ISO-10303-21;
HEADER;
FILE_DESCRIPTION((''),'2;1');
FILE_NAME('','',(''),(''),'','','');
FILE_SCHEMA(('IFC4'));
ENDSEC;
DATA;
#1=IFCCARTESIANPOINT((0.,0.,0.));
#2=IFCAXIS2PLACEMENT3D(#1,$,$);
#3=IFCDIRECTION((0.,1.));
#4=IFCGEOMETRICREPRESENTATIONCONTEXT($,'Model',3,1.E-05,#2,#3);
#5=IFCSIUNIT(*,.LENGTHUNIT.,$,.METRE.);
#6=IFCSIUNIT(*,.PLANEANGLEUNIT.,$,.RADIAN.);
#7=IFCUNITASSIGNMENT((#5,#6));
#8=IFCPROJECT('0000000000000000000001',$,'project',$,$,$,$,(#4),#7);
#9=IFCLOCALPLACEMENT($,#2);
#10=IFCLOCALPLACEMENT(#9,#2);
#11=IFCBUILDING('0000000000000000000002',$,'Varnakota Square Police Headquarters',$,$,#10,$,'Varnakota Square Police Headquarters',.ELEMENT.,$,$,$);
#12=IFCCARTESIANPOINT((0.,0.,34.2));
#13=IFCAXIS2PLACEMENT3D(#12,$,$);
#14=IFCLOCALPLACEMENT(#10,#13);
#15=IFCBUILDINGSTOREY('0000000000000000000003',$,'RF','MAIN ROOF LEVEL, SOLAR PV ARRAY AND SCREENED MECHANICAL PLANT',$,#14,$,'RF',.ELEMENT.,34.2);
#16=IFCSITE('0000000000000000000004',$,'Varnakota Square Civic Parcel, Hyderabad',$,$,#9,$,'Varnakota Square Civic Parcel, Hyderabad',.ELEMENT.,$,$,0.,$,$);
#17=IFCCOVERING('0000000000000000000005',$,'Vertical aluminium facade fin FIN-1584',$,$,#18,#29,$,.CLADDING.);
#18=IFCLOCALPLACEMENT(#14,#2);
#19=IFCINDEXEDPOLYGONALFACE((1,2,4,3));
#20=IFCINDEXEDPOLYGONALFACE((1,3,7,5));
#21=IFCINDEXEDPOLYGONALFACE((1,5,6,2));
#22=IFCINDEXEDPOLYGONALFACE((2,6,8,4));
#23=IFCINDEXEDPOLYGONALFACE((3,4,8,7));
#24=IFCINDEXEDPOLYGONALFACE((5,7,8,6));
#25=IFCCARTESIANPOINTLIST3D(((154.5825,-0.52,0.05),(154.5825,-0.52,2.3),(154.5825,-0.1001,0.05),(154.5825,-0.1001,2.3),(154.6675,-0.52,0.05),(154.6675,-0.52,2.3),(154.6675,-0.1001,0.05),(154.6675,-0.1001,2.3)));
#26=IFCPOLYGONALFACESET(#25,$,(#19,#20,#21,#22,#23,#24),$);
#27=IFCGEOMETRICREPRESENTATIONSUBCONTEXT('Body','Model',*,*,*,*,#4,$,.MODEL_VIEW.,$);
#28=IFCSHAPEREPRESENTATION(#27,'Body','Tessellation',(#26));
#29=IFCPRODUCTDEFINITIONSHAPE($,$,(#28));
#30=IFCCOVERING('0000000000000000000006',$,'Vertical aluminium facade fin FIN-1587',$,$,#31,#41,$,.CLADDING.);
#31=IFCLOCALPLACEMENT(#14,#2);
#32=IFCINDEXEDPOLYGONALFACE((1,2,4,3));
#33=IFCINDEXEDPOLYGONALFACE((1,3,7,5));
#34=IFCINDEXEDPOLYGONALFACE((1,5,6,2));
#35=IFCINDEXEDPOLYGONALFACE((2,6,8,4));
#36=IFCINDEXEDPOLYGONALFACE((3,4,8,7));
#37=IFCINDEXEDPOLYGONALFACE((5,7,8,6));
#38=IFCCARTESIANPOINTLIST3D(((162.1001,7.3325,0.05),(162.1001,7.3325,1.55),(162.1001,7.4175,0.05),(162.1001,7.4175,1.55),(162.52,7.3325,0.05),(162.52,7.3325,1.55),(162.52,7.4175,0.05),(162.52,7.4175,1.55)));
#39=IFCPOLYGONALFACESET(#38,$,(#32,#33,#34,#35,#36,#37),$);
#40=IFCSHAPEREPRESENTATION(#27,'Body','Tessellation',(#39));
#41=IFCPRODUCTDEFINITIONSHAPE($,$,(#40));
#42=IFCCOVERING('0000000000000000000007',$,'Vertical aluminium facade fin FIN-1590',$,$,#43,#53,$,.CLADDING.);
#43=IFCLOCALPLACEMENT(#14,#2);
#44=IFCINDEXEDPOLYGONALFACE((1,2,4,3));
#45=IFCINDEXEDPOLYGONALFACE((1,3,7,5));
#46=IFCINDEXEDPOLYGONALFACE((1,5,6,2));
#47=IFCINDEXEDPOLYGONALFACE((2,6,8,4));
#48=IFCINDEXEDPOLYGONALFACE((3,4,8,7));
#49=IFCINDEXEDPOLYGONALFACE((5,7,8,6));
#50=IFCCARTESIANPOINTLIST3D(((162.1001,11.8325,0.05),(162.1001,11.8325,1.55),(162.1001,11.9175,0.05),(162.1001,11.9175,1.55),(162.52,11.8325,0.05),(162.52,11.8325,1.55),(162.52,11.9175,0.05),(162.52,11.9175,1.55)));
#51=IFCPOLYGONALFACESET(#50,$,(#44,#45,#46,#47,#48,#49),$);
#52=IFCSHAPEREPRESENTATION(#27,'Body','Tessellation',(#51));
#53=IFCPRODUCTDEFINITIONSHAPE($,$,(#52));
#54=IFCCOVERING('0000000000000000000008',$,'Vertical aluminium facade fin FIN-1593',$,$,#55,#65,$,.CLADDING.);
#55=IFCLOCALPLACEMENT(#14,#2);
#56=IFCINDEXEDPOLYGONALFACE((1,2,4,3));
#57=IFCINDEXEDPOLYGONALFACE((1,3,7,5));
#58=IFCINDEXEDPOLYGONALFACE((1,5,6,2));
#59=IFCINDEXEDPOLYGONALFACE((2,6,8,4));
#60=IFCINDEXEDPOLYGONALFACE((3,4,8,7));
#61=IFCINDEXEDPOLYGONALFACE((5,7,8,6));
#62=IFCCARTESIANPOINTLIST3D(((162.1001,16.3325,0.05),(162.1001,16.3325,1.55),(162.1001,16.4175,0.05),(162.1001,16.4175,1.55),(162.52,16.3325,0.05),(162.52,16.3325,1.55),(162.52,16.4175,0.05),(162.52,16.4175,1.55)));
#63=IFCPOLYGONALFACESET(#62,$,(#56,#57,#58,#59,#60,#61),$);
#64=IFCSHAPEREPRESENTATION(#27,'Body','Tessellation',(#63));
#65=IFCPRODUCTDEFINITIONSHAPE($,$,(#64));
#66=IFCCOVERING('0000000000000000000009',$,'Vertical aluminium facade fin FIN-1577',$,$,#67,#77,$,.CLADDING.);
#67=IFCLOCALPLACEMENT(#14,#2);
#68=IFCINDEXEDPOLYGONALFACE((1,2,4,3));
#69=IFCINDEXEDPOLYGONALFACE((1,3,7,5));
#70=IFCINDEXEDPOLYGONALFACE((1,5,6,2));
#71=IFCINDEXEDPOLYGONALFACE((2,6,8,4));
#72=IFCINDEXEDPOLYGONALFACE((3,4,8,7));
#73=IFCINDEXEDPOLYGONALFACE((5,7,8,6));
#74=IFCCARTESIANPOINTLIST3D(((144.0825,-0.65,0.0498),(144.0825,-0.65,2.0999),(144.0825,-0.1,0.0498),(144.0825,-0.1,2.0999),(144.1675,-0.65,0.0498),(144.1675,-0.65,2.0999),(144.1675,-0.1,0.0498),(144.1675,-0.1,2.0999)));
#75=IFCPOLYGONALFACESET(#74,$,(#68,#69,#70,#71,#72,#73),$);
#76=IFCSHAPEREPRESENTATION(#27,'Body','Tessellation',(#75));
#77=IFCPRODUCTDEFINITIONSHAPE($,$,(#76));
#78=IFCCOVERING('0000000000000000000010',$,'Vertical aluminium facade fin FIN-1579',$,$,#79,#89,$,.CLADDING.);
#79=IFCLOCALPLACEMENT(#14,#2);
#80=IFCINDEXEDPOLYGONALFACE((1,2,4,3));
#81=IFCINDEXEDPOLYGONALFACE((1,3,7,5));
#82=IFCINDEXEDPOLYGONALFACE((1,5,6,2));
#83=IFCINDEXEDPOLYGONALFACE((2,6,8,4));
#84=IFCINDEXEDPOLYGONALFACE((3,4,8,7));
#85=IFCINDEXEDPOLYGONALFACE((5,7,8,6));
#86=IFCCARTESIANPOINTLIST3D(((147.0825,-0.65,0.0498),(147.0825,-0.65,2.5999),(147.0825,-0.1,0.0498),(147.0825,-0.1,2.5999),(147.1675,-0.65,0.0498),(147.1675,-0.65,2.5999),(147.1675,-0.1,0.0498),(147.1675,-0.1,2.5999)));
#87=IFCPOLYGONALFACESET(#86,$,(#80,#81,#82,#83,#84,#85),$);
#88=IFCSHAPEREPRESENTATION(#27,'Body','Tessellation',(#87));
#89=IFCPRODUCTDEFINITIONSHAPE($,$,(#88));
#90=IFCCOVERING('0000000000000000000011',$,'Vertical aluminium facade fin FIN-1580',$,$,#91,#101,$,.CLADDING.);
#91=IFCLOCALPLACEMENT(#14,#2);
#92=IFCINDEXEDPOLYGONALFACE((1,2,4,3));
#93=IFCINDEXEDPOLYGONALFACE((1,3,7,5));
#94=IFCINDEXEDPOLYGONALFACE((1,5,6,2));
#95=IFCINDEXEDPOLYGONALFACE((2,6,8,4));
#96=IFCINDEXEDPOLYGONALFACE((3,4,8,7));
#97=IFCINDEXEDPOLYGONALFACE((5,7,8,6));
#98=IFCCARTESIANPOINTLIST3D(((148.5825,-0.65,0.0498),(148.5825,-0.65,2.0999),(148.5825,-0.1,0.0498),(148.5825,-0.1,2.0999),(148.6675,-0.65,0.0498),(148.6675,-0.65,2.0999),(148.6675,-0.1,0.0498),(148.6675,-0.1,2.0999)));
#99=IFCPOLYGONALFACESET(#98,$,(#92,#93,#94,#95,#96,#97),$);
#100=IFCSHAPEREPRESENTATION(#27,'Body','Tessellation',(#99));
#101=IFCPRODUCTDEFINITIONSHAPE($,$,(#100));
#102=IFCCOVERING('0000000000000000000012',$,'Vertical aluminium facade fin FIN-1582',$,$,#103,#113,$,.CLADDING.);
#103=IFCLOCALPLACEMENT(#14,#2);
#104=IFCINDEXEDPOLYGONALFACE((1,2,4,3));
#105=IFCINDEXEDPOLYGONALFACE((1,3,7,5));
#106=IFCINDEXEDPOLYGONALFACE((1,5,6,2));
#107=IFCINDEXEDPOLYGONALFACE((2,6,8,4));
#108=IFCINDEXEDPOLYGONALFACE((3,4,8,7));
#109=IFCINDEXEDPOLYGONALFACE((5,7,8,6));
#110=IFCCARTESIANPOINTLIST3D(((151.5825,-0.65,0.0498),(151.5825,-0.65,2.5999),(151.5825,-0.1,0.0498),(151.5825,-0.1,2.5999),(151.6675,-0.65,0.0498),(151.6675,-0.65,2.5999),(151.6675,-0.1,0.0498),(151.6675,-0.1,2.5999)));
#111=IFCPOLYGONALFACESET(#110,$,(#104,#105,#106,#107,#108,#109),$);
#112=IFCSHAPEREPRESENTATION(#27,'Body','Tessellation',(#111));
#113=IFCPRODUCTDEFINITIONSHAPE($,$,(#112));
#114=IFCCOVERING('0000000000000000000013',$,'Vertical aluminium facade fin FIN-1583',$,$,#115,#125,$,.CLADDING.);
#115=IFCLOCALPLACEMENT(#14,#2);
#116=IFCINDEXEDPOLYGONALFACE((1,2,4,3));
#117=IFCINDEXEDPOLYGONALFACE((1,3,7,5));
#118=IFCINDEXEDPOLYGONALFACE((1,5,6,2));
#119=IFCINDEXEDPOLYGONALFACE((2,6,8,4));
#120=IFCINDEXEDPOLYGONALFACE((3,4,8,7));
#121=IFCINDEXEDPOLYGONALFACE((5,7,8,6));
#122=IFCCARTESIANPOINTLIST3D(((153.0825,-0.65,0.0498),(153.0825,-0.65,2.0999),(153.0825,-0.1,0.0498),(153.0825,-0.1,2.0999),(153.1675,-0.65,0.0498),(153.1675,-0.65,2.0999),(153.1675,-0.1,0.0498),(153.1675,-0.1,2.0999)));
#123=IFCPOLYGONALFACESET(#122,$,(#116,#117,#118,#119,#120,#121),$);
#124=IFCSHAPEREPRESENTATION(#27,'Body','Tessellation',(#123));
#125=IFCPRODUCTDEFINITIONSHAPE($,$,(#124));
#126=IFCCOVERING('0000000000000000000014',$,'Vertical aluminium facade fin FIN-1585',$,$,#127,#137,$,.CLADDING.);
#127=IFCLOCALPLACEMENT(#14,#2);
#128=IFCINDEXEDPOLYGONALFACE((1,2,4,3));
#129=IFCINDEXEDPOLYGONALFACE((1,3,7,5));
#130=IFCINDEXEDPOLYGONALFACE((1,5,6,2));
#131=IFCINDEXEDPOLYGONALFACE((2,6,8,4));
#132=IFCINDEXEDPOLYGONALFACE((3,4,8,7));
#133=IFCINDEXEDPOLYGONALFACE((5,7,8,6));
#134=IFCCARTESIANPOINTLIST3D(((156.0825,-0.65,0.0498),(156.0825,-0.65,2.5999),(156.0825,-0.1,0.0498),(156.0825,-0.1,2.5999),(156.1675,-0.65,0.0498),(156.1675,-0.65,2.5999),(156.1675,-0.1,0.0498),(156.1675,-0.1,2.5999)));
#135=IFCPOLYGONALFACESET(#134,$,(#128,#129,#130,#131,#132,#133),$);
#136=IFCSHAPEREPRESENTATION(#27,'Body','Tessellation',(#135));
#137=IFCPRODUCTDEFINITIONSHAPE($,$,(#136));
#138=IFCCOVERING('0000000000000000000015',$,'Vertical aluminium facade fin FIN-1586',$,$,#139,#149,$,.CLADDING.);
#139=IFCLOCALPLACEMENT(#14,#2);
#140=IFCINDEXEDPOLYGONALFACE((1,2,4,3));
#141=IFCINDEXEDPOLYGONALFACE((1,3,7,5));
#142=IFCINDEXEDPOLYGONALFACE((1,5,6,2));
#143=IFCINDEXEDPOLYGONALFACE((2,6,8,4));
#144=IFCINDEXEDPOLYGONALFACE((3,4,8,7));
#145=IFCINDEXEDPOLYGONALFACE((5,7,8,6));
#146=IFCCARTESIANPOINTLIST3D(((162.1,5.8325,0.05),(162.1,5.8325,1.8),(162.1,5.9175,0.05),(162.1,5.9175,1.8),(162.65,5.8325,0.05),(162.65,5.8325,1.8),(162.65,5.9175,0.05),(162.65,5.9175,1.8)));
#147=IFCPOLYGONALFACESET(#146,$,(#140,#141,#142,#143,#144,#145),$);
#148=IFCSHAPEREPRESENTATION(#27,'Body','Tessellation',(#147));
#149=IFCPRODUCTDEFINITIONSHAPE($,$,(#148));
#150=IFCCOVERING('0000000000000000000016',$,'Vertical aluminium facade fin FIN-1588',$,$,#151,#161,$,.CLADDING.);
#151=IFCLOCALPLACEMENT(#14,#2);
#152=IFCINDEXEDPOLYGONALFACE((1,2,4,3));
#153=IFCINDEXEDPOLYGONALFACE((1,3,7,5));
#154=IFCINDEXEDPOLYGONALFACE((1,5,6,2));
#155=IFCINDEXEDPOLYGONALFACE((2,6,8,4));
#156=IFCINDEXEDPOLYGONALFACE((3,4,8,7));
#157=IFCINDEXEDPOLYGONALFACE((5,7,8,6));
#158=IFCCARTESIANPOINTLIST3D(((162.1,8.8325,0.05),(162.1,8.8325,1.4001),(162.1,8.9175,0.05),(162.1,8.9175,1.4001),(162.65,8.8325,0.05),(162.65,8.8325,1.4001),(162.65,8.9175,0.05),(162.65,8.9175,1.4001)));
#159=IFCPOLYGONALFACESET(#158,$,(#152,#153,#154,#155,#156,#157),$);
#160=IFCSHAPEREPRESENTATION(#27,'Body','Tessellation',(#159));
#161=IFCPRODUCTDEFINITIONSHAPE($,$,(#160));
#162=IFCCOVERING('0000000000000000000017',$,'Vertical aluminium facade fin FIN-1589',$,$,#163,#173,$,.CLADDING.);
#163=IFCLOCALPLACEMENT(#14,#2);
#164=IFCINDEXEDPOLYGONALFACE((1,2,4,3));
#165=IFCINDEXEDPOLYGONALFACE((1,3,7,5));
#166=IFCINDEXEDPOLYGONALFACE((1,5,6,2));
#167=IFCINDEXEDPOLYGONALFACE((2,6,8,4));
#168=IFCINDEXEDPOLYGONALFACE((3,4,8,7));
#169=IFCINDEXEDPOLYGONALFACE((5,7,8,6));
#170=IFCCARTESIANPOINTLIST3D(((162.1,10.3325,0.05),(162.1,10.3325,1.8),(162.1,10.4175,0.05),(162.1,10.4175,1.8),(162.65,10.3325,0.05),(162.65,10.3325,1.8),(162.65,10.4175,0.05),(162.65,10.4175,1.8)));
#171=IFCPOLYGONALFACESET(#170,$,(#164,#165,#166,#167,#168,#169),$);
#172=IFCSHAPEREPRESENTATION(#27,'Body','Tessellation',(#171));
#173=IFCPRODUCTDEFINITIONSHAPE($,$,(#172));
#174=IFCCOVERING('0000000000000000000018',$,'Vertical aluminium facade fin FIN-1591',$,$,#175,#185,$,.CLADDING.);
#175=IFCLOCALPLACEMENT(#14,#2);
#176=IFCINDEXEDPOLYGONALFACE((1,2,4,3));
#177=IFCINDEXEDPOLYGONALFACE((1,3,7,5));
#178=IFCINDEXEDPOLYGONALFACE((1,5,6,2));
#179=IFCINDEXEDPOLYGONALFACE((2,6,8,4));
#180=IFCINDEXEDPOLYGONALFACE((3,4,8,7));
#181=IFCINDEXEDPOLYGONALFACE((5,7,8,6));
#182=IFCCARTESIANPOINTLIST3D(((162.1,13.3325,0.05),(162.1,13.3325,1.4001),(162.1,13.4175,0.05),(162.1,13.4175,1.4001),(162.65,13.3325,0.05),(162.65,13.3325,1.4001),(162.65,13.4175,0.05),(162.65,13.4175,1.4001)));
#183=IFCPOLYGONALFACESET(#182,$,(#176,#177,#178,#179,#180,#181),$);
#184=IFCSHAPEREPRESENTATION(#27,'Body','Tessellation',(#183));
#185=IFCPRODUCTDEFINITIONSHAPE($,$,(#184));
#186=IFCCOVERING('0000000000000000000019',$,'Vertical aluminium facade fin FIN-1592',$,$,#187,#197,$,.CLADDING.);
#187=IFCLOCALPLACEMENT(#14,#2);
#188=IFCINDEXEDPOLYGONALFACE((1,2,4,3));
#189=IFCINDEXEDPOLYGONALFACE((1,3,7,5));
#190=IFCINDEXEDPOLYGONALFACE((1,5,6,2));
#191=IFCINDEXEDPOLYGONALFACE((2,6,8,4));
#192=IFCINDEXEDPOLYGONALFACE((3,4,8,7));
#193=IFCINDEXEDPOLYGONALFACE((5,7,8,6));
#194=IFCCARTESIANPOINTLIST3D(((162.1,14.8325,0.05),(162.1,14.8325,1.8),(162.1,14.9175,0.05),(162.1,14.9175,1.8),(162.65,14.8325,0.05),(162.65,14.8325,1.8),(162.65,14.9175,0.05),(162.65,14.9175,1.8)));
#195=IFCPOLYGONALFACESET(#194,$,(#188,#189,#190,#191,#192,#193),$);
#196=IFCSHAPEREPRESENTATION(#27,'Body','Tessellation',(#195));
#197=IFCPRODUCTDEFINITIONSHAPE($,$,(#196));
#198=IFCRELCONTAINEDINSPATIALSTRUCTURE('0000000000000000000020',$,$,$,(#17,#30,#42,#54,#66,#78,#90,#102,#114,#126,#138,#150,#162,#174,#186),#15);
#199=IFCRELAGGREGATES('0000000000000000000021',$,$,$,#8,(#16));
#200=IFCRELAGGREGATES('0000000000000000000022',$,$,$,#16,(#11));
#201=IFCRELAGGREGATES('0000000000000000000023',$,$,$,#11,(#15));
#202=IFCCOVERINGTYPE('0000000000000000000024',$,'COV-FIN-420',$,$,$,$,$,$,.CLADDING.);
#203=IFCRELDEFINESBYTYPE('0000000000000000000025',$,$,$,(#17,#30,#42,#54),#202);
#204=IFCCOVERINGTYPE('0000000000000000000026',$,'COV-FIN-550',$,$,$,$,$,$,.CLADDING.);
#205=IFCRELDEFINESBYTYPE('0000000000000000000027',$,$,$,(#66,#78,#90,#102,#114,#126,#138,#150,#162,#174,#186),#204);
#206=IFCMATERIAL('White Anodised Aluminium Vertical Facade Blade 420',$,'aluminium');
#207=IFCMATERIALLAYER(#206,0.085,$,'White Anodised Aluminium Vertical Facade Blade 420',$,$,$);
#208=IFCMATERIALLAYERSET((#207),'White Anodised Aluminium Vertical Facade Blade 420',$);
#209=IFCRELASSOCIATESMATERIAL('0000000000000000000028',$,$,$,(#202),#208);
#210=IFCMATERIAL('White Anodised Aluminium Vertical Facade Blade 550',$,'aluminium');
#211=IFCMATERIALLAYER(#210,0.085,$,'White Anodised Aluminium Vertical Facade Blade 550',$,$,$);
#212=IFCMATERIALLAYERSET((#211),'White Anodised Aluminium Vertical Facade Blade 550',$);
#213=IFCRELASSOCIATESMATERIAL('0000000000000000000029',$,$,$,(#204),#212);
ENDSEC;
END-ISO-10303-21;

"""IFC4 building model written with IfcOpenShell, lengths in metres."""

from ifc_helpers import new_model, si_unit, direction, frame, origin, origin_2d, place, context, subcontext, project, spatial, rectangle, extrude, material, layer, layer_set, type_object, element, save


model = new_model("IFC4")

# Units and contexts
model_context = context("Model", 3, precision=1e-05, world=origin(), true_north=direction((0.0, 1.0)))
body_context = subcontext(model_context, "Body", "Model", "MODEL_VIEW")
ifc_project = project(units=[si_unit("LENGTHUNIT", "METRE"), si_unit("PLANEANGLEUNIT", "RADIAN")], contexts=[model_context])

# Site, building, storey
site_placement = place(None, origin())
site = spatial("IfcSite", under=ifc_project, at=site_placement, Name="Varnakota Square Civic Parcel, Hyderabad", LongName="Varnakota Square Civic Parcel, Hyderabad", CompositionType="ELEMENT", RefElevation=0.0)
building_placement = place(site_placement, origin())
building = spatial("IfcBuilding", under=site, at=building_placement, Name="Varnakota Square Police Headquarters", LongName="Varnakota Square Police Headquarters", CompositionType="ELEMENT")
storey_placement = place(building_placement, frame((0.0, 0.0, 34.2)))
storey = spatial("IfcBuildingStorey", under=building, at=storey_placement, Name="RF", Description="MAIN ROOF LEVEL, SOLAR PV ARRAY AND SCREENED MECHANICAL PLANT", LongName="RF", CompositionType="ELEMENT", Elevation=34.2)

# Coverings
ifc_material_1 = material(Name="White Anodised Aluminium Vertical Facade Blade 420", Category="aluminium")
ifc_layer_1 = layer(ifc_material_1, 0.085, Name="White Anodised Aluminium Vertical Facade Blade 420")
ifc_layer_set_1 = layer_set([ifc_layer_1], Name="White Anodised Aluminium Vertical Facade Blade 420")
covering_type_1 = type_object("IfcCoveringType", Name="COV-FIN-420", PredefinedType="CLADDING", material=ifc_layer_set_1)
for number, where, z_axis, x_axis, name in (
    (1, (154.625, -0.3101, 0.05), (0.0, 0.0, 1.0), (1.0, 0.0, 0.0), "Vertical aluminium facade fin FIN-1584"),
):
    element("IfcCovering", number, at=place(storey_placement, frame(where, z_axis=z_axis, x_axis=x_axis)), inside=storey, type_object=covering_type_1, Name=name, PredefinedType="CLADDING", context=body_context, shape_type="SweptSolid", body=[
        extrude(rectangle(XDim=0.085, YDim=0.4199, at=origin_2d()), origin(), (0.0, 0.0, 1.0), 2.25),
    ])
for number, where, z_axis, x_axis, name in (
    (2, (162.3101, 7.375, 0.05), (0.0, 0.0, 1.0), (0.0, 1.0, 0.0), "Vertical aluminium facade fin FIN-1587"),
    (3, (162.3101, 11.875, 0.05), (0.0, 0.0, 1.0), (0.0, 1.0, 0.0), "Vertical aluminium facade fin FIN-1590"),
    (4, (162.3101, 16.375, 0.05), (0.0, 0.0, 1.0), (0.0, 1.0, 0.0), "Vertical aluminium facade fin FIN-1593"),
):
    element("IfcCovering", number, at=place(storey_placement, frame(where, z_axis=z_axis, x_axis=x_axis)), inside=storey, type_object=covering_type_1, Name=name, PredefinedType="CLADDING", context=body_context, shape_type="SweptSolid", body=[
        extrude(rectangle(XDim=0.085, YDim=0.4199, at=origin_2d()), origin(), (0.0, 0.0, 1.0), 1.5),
    ])
ifc_material_2 = material(Name="White Anodised Aluminium Vertical Facade Blade 550", Category="aluminium")
ifc_layer_2 = layer(ifc_material_2, 0.085, Name="White Anodised Aluminium Vertical Facade Blade 550")
ifc_layer_set_2 = layer_set([ifc_layer_2], Name="White Anodised Aluminium Vertical Facade Blade 550")
covering_type_2 = type_object("IfcCoveringType", Name="COV-FIN-550", PredefinedType="CLADDING", material=ifc_layer_set_2)
covering_1_placement = place(storey_placement, frame((144.125, -0.375, 0.0498), z_axis=(0.0, 0.0, 1.0), x_axis=(1.0, 0.0, 0.0)))
element("IfcCovering", 5, at=covering_1_placement, inside=storey, type_object=covering_type_2, Name="Vertical aluminium facade fin FIN-1577", PredefinedType="CLADDING", context=body_context, shape_type="SweptSolid", body=[
    extrude(rectangle(XDim=0.085, YDim=0.55, at=origin_2d()), origin(), (0.0, 0.0, 1.0), 2.05),
])
covering_2_placement = place(storey_placement, frame((147.125, -0.375, 0.0498), z_axis=(0.0, 0.0, 1.0), x_axis=(1.0, 0.0, 0.0)))
element("IfcCovering", 6, at=covering_2_placement, inside=storey, type_object=covering_type_2, Name="Vertical aluminium facade fin FIN-1579", PredefinedType="CLADDING", context=body_context, shape_type="SweptSolid", body=[
    extrude(rectangle(XDim=0.085, YDim=0.55, at=origin_2d()), origin(), (0.0, 0.0, 1.0), 2.55),
])
covering_3_placement = place(storey_placement, frame((148.625, -0.375, 0.0498), z_axis=(0.0, 0.0, 1.0), x_axis=(1.0, 0.0, 0.0)))
element("IfcCovering", 7, at=covering_3_placement, inside=storey, type_object=covering_type_2, Name="Vertical aluminium facade fin FIN-1580", PredefinedType="CLADDING", context=body_context, shape_type="SweptSolid", body=[
    extrude(rectangle(XDim=0.085, YDim=0.55, at=origin_2d()), origin(), (0.0, 0.0, 1.0), 2.05),
])
covering_4_placement = place(storey_placement, frame((151.625, -0.375, 0.0498), z_axis=(0.0, 0.0, 1.0), x_axis=(1.0, 0.0, 0.0)))
element("IfcCovering", 8, at=covering_4_placement, inside=storey, type_object=covering_type_2, Name="Vertical aluminium facade fin FIN-1582", PredefinedType="CLADDING", context=body_context, shape_type="SweptSolid", body=[
    extrude(rectangle(XDim=0.085, YDim=0.55, at=origin_2d()), origin(), (0.0, 0.0, 1.0), 2.55),
])
covering_5_placement = place(storey_placement, frame((153.125, -0.375, 0.0498), z_axis=(0.0, 0.0, 1.0), x_axis=(1.0, 0.0, 0.0)))
element("IfcCovering", 9, at=covering_5_placement, inside=storey, type_object=covering_type_2, Name="Vertical aluminium facade fin FIN-1583", PredefinedType="CLADDING", context=body_context, shape_type="SweptSolid", body=[
    extrude(rectangle(XDim=0.085, YDim=0.55, at=origin_2d()), origin(), (0.0, 0.0, 1.0), 2.05),
])
covering_6_placement = place(storey_placement, frame((156.125, -0.375, 0.0498), z_axis=(0.0, 0.0, 1.0), x_axis=(1.0, 0.0, 0.0)))
element("IfcCovering", 10, at=covering_6_placement, inside=storey, type_object=covering_type_2, Name="Vertical aluminium facade fin FIN-1585", PredefinedType="CLADDING", context=body_context, shape_type="SweptSolid", body=[
    extrude(rectangle(XDim=0.085, YDim=0.55, at=origin_2d()), origin(), (0.0, 0.0, 1.0), 2.55),
])
covering_7_placement = place(storey_placement, frame((162.375, 5.875, 0.05), z_axis=(0.0, 0.0, 1.0), x_axis=(0.0, 1.0, 0.0)))
element("IfcCovering", 11, at=covering_7_placement, inside=storey, type_object=covering_type_2, Name="Vertical aluminium facade fin FIN-1586", PredefinedType="CLADDING", context=body_context, shape_type="SweptSolid", body=[
    extrude(rectangle(XDim=0.085, YDim=0.55, at=origin_2d()), origin(), (0.0, 0.0, 1.0), 1.75),
])
covering_8_placement = place(storey_placement, frame((162.375, 8.875, 0.05), z_axis=(0.0, 0.0, 1.0), x_axis=(0.0, 1.0, 0.0)))
element("IfcCovering", 12, at=covering_8_placement, inside=storey, type_object=covering_type_2, Name="Vertical aluminium facade fin FIN-1588", PredefinedType="CLADDING", context=body_context, shape_type="SweptSolid", body=[
    extrude(rectangle(XDim=0.085, YDim=0.55, at=origin_2d()), origin(), (0.0, 0.0, 1.0), 1.3501),
])
covering_9_placement = place(storey_placement, frame((162.375, 10.375, 0.05), z_axis=(0.0, 0.0, 1.0), x_axis=(0.0, 1.0, 0.0)))
element("IfcCovering", 13, at=covering_9_placement, inside=storey, type_object=covering_type_2, Name="Vertical aluminium facade fin FIN-1589", PredefinedType="CLADDING", context=body_context, shape_type="SweptSolid", body=[
    extrude(rectangle(XDim=0.085, YDim=0.55, at=origin_2d()), origin(), (0.0, 0.0, 1.0), 1.75),
])
covering_10_placement = place(storey_placement, frame((162.375, 13.375, 0.05), z_axis=(0.0, 0.0, 1.0), x_axis=(0.0, 1.0, 0.0)))
element("IfcCovering", 14, at=covering_10_placement, inside=storey, type_object=covering_type_2, Name="Vertical aluminium facade fin FIN-1591", PredefinedType="CLADDING", context=body_context, shape_type="SweptSolid", body=[
    extrude(rectangle(XDim=0.085, YDim=0.55, at=origin_2d()), origin(), (0.0, 0.0, 1.0), 1.3501),
])
covering_11_placement = place(storey_placement, frame((162.375, 14.875, 0.05), z_axis=(0.0, 0.0, 1.0), x_axis=(0.0, 1.0, 0.0)))
element("IfcCovering", 15, at=covering_11_placement, inside=storey, type_object=covering_type_2, Name="Vertical aluminium facade fin FIN-1592", PredefinedType="CLADDING", context=body_context, shape_type="SweptSolid", body=[
    extrude(rectangle(XDim=0.085, YDim=0.55, at=origin_2d()), origin(), (0.0, 0.0, 1.0), 1.75),
])

save(model, "model.ifc")
